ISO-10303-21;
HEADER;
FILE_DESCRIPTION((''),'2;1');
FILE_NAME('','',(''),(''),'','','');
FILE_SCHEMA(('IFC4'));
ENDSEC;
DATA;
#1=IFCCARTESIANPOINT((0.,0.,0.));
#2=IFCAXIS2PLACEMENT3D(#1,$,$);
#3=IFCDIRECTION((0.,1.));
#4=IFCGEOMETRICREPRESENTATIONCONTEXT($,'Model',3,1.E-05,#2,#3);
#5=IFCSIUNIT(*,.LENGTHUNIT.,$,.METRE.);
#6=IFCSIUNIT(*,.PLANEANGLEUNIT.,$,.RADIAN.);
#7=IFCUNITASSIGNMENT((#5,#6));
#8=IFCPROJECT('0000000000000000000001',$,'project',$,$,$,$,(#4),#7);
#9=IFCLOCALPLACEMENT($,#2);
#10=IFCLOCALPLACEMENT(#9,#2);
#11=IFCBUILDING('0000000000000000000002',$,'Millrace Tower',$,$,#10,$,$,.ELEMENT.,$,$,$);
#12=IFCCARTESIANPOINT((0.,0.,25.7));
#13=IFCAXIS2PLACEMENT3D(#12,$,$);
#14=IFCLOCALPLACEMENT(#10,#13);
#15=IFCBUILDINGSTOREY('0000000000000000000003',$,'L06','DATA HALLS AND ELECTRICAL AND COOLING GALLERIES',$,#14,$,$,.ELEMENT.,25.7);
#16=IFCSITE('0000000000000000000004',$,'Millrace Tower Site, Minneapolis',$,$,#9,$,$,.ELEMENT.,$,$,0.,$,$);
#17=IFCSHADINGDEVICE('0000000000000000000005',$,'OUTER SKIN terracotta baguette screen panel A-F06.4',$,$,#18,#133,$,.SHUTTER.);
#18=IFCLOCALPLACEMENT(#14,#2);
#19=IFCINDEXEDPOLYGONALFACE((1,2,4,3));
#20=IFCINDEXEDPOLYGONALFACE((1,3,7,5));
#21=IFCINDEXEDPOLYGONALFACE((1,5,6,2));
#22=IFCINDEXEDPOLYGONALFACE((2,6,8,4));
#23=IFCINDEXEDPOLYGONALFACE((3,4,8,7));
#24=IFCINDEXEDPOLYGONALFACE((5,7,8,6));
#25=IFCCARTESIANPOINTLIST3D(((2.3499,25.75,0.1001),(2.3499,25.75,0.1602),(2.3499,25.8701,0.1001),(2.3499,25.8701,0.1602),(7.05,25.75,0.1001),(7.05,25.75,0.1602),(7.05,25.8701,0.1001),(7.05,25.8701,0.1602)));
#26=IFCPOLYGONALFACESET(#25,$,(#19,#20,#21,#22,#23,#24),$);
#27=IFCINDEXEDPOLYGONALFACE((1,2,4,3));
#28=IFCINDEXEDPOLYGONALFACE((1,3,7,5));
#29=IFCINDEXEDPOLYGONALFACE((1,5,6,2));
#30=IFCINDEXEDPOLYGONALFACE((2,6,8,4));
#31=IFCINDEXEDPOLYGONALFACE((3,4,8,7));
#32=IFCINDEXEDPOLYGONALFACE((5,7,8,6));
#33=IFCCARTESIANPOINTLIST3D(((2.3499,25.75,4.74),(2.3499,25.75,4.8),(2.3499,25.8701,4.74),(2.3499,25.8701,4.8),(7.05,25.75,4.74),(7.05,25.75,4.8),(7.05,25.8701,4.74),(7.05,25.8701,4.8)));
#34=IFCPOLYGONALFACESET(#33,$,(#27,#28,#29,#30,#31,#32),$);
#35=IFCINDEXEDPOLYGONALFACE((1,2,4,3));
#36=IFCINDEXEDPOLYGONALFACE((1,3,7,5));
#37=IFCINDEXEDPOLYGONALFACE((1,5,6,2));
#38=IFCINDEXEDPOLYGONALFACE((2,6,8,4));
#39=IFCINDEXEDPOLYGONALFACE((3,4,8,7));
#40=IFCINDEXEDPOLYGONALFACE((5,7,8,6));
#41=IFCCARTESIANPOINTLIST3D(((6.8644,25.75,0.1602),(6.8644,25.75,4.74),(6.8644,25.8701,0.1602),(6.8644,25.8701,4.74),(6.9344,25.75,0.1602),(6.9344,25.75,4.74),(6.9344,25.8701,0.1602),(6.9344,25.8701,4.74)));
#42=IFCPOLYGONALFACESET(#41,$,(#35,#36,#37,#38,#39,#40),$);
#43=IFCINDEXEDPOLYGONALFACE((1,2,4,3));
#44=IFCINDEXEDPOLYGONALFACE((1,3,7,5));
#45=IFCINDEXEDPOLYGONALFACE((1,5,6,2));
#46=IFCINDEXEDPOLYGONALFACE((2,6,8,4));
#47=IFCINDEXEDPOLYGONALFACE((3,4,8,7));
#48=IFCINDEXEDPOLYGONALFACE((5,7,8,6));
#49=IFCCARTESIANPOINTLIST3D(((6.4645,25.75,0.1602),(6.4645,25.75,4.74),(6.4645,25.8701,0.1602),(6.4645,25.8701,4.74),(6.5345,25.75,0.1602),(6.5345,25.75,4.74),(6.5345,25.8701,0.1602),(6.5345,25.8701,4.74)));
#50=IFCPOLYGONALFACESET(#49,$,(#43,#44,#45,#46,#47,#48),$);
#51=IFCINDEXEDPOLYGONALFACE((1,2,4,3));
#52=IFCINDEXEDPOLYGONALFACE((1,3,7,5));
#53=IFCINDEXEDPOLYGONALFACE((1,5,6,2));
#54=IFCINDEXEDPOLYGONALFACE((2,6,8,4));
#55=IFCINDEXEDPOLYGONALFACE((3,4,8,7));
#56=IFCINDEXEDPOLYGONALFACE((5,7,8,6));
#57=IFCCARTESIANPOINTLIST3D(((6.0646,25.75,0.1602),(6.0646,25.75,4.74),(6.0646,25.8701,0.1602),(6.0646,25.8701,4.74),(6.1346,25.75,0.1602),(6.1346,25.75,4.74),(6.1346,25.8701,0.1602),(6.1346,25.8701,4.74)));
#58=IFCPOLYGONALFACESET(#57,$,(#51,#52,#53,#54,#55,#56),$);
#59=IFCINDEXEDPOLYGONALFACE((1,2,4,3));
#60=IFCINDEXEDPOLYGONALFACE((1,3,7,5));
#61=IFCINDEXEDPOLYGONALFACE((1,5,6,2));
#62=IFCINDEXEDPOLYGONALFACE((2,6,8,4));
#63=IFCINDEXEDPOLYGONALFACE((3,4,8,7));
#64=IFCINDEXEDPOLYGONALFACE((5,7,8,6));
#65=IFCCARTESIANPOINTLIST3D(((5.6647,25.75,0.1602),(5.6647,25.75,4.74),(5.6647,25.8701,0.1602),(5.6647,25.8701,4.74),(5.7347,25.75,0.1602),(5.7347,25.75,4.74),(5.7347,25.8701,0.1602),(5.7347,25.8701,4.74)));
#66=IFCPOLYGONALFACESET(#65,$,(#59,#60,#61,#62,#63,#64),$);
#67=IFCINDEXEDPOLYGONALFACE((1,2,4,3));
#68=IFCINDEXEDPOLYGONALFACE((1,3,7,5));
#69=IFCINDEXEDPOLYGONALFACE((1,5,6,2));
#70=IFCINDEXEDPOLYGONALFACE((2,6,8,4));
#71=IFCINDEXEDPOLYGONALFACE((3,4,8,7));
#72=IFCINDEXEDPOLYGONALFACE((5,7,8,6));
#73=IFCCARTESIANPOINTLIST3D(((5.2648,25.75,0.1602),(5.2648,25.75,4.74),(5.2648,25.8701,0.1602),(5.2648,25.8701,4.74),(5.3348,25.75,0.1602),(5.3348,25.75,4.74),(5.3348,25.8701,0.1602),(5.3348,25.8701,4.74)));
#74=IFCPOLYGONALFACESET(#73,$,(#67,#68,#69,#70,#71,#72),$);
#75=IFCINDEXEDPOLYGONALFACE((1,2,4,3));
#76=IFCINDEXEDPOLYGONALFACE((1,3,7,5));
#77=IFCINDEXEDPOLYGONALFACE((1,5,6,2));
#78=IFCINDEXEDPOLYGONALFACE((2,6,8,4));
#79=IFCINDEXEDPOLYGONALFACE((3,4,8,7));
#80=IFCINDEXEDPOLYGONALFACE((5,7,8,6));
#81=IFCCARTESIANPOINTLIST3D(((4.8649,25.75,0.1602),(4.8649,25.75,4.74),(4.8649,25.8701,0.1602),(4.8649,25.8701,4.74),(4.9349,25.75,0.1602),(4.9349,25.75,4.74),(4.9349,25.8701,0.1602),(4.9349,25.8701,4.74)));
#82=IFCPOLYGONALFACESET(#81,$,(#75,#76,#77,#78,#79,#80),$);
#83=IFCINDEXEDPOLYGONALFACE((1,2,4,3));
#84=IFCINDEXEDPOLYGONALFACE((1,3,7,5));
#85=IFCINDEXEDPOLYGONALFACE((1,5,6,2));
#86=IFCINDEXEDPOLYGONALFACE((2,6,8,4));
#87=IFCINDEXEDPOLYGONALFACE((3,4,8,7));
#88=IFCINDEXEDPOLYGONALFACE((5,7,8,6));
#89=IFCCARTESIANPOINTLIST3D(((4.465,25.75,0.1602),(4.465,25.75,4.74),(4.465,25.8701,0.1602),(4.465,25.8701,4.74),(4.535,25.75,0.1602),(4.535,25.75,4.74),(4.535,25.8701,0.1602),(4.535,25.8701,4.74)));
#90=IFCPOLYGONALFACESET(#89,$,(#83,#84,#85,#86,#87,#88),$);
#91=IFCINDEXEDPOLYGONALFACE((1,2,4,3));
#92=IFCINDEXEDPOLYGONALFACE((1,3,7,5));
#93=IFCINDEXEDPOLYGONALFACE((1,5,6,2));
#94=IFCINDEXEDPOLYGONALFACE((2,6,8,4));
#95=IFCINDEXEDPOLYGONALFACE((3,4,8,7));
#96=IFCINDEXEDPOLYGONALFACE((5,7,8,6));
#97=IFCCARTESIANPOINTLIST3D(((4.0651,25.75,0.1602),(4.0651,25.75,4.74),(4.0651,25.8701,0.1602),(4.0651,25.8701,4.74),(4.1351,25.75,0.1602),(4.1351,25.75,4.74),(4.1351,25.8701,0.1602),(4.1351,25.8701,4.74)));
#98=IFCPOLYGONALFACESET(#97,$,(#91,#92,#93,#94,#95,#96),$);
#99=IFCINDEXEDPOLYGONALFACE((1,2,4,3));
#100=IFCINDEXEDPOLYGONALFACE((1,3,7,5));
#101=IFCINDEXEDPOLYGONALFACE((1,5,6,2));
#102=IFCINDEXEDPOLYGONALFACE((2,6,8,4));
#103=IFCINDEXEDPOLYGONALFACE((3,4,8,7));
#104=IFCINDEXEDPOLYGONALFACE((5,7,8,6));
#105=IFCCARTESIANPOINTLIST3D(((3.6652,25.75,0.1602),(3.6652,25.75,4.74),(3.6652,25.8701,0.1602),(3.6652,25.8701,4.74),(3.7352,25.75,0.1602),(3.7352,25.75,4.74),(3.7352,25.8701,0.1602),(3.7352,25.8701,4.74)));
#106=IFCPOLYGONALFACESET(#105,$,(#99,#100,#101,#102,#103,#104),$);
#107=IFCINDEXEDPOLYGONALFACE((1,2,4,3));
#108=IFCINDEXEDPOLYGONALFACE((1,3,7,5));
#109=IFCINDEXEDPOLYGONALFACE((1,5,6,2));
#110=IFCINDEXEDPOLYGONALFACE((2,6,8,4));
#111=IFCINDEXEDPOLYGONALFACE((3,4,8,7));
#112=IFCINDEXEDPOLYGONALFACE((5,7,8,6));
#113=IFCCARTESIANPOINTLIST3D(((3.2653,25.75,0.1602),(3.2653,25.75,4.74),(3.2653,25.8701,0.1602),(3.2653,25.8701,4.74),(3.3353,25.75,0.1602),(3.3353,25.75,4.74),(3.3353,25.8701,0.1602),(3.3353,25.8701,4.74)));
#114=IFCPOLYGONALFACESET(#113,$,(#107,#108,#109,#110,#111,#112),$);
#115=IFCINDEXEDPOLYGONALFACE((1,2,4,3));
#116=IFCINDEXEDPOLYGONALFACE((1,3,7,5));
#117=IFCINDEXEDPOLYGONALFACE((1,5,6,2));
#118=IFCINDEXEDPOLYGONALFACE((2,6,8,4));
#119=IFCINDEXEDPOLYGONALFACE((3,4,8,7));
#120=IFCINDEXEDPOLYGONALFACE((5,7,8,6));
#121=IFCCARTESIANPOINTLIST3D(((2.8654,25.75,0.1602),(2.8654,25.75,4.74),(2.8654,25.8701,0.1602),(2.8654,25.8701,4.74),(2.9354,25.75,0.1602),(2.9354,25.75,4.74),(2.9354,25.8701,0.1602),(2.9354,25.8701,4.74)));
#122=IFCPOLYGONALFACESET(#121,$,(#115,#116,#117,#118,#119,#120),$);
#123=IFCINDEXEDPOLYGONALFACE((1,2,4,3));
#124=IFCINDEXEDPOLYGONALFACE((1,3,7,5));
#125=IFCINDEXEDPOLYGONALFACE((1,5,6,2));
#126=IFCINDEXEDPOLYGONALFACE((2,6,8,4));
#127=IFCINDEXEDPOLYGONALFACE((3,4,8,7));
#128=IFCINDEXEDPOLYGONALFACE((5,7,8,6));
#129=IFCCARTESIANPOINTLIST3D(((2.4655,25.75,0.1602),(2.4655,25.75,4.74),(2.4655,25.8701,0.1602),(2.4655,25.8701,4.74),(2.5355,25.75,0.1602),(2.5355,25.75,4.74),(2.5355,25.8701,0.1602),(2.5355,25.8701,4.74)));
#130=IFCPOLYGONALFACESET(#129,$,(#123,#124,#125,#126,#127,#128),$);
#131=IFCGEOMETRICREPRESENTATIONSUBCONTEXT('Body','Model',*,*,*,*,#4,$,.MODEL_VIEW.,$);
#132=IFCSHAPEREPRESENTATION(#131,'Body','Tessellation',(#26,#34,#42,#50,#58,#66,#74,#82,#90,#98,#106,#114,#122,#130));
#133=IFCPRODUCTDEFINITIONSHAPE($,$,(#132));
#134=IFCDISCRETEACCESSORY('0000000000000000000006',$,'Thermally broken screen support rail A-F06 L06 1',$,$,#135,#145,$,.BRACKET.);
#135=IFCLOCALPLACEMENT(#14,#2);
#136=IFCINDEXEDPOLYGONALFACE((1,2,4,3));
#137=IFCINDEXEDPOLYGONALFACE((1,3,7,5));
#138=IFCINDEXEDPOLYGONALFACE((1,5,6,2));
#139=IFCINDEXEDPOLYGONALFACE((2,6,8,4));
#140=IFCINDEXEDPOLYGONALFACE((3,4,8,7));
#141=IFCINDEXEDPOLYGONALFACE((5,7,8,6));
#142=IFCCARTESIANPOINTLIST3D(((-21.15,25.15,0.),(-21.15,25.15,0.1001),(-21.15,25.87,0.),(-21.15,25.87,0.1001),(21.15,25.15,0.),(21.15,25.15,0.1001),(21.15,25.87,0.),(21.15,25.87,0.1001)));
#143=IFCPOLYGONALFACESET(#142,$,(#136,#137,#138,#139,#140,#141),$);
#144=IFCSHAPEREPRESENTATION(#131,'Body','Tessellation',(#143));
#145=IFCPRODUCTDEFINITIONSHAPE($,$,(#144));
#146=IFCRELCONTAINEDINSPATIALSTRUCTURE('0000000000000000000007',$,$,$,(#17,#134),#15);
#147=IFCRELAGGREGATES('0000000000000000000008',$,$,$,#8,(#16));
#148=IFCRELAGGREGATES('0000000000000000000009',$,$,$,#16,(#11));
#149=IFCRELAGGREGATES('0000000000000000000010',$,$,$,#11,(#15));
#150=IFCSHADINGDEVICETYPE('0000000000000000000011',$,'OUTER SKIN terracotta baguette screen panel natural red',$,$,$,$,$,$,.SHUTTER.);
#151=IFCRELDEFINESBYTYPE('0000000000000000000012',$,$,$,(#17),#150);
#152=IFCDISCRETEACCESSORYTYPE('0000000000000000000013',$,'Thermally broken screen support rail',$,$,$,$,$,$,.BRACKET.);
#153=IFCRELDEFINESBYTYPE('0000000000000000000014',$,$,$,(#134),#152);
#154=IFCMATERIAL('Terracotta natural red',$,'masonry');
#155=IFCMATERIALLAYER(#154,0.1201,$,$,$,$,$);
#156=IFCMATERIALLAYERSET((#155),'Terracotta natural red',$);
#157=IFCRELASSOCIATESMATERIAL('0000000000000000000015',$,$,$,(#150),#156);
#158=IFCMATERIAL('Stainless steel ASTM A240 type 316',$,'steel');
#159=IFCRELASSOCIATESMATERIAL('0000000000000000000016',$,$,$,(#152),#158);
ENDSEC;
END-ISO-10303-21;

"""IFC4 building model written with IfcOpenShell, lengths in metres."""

from ifc_helpers import new_model, entity, si_unit, direction, frame, frame_2d, origin, origin_2d, place, context, subcontext, project, spatial, rectangle, extrude, source, transform, mapped, material, layer, layer_set, type_object, element, save


model = new_model("IFC4")

# Units and contexts
model_context = context("Model", 3, precision=1e-05, world=origin(), true_north=direction((0.0, 1.0)))
body_context = subcontext(model_context, "Body", "Model", "MODEL_VIEW")
ifc_project = project(units=[si_unit("LENGTHUNIT", "METRE"), si_unit("PLANEANGLEUNIT", "RADIAN")], contexts=[model_context])

# Site, building, storey
site_placement = place(None, origin())
site = spatial("IfcSite", under=ifc_project, at=site_placement, Name="Millrace Tower Site, Minneapolis", CompositionType="ELEMENT", RefElevation=0.0)
building_placement = place(site_placement, origin())
building = spatial("IfcBuilding", under=site, at=building_placement, Name="Millrace Tower", CompositionType="ELEMENT")
storey_placement = place(building_placement, frame((0.0, 0.0, 25.7)))
storey = spatial("IfcBuildingStorey", under=building, at=storey_placement, Name="L06", Description="DATA HALLS AND ELECTRICAL AND COOLING GALLERIES", CompositionType="ELEMENT", Elevation=25.7)

# Shading device
cartesian_point = entity("IfcCartesianPoint", [-2.3501, 0.0601])
shared_polyline = entity("IfcPolyline", [cartesian_point, entity("IfcCartesianPoint", [2.3501, 0.0601]), entity("IfcCartesianPoint", [2.3501, -0.0601]), entity("IfcCartesianPoint", [-2.3501, -0.0601]), cartesian_point])
ifc_material_1 = material(Name="Terracotta natural red", Category="masonry")
ifc_layer_1 = layer(ifc_material_1, 0.1201)
ifc_layer_set_1 = layer_set([ifc_layer_1], Name="Terracotta natural red")
shading_device_type_1 = type_object("IfcShadingDeviceType", Name="OUTER SKIN terracotta baguette screen panel natural red", PredefinedType="SHUTTER", material=ifc_layer_set_1)
shared_shape_1 = source(origin(), body_context, "Body", "SweptSolid", [
    entity("IfcExtrudedAreaSolid", entity("IfcArbitraryClosedProfileDef", "AREA", None, shared_polyline), entity("IfcAxis2Placement3D", entity("IfcCartesianPoint", [0.0, 0.0, 0.0])), entity("IfcDirection", [0.0, 0.0, 1.0]), 0.0601),
    entity("IfcExtrudedAreaSolid", entity("IfcArbitraryClosedProfileDef", "AREA", None, shared_polyline), entity("IfcAxis2Placement3D", entity("IfcCartesianPoint", [0.0, 0.0, 4.6399])), entity("IfcDirection", [0.0, 0.0, 1.0]), 0.0601),
    extrude(rectangle(XDim=0.0701, YDim=0.1201, at=frame_2d((-2.1995, 0.0))), frame((0.0, 0.0, 0.0601)), (0.0, 0.0, 1.0), 4.5798),
    extrude(rectangle(XDim=0.0701, YDim=0.1201, at=frame_2d((-1.7996, 0.0))), frame((0.0, 0.0, 0.0601)), (0.0, 0.0, 1.0), 4.5798),
    extrude(rectangle(XDim=0.0701, YDim=0.1201, at=frame_2d((-1.3997, 0.0))), frame((0.0, 0.0, 0.0601)), (0.0, 0.0, 1.0), 4.5798),
    extrude(rectangle(XDim=0.0701, YDim=0.1201, at=frame_2d((-0.9998, 0.0))), frame((0.0, 0.0, 0.0601)), (0.0, 0.0, 1.0), 4.5798),
    extrude(rectangle(XDim=0.0701, YDim=0.1201, at=frame_2d((-0.5999, 0.0))), frame((0.0, 0.0, 0.0601)), (0.0, 0.0, 1.0), 4.5798),
    extrude(rectangle(XDim=0.0701, YDim=0.1201, at=frame_2d((-0.2, 0.0))), frame((0.0, 0.0, 0.0601)), (0.0, 0.0, 1.0), 4.5798),
    extrude(rectangle(XDim=0.0701, YDim=0.1201, at=frame_2d((0.2, 0.0))), frame((0.0, 0.0, 0.0601)), (0.0, 0.0, 1.0), 4.5798),
    extrude(rectangle(XDim=0.0701, YDim=0.1201, at=frame_2d((0.5999, 0.0))), frame((0.0, 0.0, 0.0601)), (0.0, 0.0, 1.0), 4.5798),
    extrude(rectangle(XDim=0.0701, YDim=0.1201, at=frame_2d((0.9998, 0.0))), frame((0.0, 0.0, 0.0601)), (0.0, 0.0, 1.0), 4.5798),
    extrude(rectangle(XDim=0.0701, YDim=0.1201, at=frame_2d((1.3997, 0.0))), frame((0.0, 0.0, 0.0601)), (0.0, 0.0, 1.0), 4.5798),
    extrude(rectangle(XDim=0.0701, YDim=0.1201, at=frame_2d((1.7996, 0.0))), frame((0.0, 0.0, 0.0601)), (0.0, 0.0, 1.0), 4.5798),
    extrude(rectangle(XDim=0.0701, YDim=0.1201, at=frame_2d((2.1995, 0.0))), frame((0.0, 0.0, 0.0601)), (0.0, 0.0, 1.0), 4.5798),
])
for number, where, z_axis, x_axis, name in (
    (1, (4.7, 25.8101, 0.1001), (0.0, 0.0, 1.0), (-1.0, 0.0, 0.0), "OUTER SKIN terracotta baguette screen panel A-F06.4"),
):
    element("IfcShadingDevice", number, at=place(storey_placement, frame(where, z_axis=z_axis, x_axis=x_axis)), inside=storey, type_object=shading_device_type_1, Name=name, PredefinedType="SHUTTER", context=body_context, shape_type="MappedRepresentation", body=[
        mapped(shared_shape_1, transform((0.0, 0.0, 0.0), scale=1.0)),
    ])

# Discrete accessory
ifc_material_2 = material(Name="Stainless steel ASTM A240 type 316", Category="steel")
discrete_accessory_type = type_object("IfcDiscreteAccessoryType", Name="Thermally broken screen support rail", PredefinedType="BRACKET", material=ifc_material_2)
discrete_accessory_placement = place(storey_placement, frame((0.0, 25.51, 0.0), z_axis=(0.0, 0.0, 1.0), x_axis=(-1.0, 0.0, 0.0)))
element("IfcDiscreteAccessory", 2, at=discrete_accessory_placement, inside=storey, type_object=discrete_accessory_type, Name="Thermally broken screen support rail A-F06 L06 1", PredefinedType="BRACKET", context=body_context, shape_type="SweptSolid", body=[
    extrude(rectangle(XDim=42.3, YDim=0.72, at=origin_2d()), origin(), (0.0, 0.0, 1.0), 0.1001),
])

save(model, "model.ifc")
